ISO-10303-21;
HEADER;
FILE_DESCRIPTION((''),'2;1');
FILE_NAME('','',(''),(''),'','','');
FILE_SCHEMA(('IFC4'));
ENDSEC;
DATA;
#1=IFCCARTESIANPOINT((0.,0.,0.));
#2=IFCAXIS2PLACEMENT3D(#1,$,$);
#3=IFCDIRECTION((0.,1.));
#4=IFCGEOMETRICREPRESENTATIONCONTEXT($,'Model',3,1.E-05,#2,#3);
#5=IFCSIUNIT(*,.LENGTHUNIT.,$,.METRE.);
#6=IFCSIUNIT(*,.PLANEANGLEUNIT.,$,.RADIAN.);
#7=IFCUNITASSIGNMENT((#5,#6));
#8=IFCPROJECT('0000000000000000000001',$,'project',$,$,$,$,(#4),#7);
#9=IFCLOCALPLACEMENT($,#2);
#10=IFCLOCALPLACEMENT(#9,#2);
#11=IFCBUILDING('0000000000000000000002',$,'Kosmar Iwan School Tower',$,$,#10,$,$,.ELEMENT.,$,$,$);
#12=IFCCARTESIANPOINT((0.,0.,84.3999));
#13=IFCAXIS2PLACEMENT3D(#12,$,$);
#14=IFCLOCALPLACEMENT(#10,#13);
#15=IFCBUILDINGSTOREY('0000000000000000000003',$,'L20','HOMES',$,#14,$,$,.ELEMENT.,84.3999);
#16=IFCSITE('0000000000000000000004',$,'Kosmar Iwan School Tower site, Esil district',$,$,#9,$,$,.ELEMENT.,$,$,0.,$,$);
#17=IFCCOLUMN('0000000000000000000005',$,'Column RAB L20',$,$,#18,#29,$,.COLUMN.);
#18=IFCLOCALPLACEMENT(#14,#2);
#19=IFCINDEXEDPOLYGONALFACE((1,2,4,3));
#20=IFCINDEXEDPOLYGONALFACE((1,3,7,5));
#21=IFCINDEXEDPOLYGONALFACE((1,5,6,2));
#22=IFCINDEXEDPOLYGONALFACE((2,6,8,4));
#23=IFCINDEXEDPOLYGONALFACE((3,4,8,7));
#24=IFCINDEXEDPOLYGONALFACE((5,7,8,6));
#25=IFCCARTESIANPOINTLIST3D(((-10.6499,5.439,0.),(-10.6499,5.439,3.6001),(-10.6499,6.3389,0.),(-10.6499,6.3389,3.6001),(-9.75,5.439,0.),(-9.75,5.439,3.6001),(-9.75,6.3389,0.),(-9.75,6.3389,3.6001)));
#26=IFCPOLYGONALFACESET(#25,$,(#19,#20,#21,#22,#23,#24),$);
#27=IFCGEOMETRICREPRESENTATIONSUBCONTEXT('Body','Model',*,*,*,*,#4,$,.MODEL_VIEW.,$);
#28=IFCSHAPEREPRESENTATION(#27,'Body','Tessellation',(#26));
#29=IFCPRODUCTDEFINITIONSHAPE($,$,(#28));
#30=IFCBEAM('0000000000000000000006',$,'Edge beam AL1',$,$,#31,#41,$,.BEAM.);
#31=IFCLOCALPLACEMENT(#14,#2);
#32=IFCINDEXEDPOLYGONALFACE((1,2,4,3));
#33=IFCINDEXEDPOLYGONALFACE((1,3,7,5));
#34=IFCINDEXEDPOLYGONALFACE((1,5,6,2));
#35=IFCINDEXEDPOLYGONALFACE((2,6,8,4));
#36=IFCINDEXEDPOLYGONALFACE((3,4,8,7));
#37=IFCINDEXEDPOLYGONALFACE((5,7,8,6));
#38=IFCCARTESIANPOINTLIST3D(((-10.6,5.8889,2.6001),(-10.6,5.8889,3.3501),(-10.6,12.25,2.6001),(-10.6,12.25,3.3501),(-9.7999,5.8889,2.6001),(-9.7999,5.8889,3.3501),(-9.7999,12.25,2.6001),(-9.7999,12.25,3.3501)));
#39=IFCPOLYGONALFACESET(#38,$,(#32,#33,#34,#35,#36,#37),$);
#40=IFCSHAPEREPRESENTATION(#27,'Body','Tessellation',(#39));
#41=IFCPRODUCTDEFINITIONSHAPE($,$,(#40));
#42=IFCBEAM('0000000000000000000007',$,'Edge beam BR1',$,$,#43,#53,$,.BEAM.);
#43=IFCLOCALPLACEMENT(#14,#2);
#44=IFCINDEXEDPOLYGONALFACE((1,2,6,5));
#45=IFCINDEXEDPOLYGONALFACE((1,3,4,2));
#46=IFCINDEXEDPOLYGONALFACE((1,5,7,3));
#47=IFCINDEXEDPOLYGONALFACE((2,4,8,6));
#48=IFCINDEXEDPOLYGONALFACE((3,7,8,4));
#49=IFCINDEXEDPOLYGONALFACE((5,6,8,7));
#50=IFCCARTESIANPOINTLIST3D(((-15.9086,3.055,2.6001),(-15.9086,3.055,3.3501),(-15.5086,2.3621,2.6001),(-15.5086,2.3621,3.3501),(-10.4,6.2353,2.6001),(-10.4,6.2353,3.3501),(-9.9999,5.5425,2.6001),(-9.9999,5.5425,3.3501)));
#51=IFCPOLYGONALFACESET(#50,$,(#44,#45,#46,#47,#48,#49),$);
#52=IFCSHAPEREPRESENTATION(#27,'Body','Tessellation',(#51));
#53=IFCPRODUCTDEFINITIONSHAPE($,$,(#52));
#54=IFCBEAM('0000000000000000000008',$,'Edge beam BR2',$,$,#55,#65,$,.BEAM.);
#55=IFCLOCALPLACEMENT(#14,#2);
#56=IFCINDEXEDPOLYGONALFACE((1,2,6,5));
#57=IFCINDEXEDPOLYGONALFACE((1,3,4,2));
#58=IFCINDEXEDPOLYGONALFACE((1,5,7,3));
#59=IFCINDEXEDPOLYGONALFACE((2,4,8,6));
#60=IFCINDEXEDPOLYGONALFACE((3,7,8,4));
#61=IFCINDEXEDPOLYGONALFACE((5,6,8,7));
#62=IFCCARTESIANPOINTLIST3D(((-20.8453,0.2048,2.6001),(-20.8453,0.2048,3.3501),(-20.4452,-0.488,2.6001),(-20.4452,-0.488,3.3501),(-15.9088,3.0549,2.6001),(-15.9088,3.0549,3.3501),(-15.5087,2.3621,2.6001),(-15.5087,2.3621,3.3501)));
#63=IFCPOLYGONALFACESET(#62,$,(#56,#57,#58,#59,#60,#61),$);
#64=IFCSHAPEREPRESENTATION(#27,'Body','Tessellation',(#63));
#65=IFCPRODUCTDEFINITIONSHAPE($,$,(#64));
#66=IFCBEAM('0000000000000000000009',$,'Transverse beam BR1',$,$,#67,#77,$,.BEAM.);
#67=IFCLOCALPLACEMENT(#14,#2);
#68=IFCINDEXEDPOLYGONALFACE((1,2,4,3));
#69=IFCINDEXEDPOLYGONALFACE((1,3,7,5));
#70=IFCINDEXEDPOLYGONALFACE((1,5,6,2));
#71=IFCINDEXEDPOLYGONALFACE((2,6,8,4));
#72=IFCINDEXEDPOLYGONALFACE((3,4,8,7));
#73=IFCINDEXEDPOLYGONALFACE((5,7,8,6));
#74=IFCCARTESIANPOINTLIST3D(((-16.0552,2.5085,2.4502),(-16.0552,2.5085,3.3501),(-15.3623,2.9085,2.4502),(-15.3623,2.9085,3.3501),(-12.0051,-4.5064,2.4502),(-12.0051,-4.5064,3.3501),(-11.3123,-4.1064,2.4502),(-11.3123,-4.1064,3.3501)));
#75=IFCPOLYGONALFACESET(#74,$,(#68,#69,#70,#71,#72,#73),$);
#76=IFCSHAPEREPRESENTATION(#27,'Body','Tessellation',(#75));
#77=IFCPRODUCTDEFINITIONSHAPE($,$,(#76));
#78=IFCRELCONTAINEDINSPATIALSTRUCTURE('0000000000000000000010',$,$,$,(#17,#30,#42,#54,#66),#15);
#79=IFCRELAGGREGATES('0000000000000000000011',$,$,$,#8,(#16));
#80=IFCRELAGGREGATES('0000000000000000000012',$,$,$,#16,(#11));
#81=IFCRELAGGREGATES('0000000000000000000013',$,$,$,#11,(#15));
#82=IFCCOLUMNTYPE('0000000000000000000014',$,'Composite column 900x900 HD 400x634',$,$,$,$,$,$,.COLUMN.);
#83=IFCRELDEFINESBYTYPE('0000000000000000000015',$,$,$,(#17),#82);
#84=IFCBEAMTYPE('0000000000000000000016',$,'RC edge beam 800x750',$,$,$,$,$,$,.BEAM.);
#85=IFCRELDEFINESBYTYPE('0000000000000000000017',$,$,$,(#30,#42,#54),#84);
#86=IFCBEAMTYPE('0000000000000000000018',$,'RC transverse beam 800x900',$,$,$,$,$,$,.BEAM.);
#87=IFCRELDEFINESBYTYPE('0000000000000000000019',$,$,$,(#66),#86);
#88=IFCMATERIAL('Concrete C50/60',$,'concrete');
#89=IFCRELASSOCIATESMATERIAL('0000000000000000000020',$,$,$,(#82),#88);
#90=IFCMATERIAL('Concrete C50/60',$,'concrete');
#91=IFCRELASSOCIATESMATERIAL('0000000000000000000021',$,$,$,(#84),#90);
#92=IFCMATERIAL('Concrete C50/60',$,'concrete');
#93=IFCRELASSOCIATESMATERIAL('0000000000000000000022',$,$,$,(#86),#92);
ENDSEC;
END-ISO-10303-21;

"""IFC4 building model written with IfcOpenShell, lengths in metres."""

from ifc_helpers import new_model, si_unit, direction, frame, origin, origin_2d, place, context, subcontext, project, spatial, rectangle, extrude, material, material_profile, profile_set, type_object, element, save


model = new_model("IFC4")

# Units and contexts
model_context = context("Model", 3, precision=1e-05, world=origin(), true_north=direction((0.0, 1.0)))
body_context = subcontext(model_context, "Body", "Model", "MODEL_VIEW")
ifc_project = project(units=[si_unit("LENGTHUNIT", "METRE"), si_unit("PLANEANGLEUNIT", "RADIAN")], contexts=[model_context])

# Site, building, storey
site_placement = place(None, origin())
site = spatial("IfcSite", under=ifc_project, at=site_placement, Name="Kosmar Iwan School Tower site, Esil district", CompositionType="ELEMENT", RefElevation=0.0)
building_placement = place(site_placement, origin())
building = spatial("IfcBuilding", under=site, at=building_placement, Name="Kosmar Iwan School Tower", CompositionType="ELEMENT")
storey_placement = place(building_placement, frame((0.0, 0.0, 84.3999)))
storey = spatial("IfcBuildingStorey", under=building, at=storey_placement, Name="L20", Description="HOMES", CompositionType="ELEMENT", Elevation=84.3999)

# Column
ifc_material_1 = material(Name="Concrete C50/60", Category="concrete")
ifc_material_profile_1 = material_profile(ifc_material_1, rectangle(XDim=0.8999, YDim=0.8999, at=origin_2d()), Name="RC 900x900 + HD 400x634")
ifc_profile_set_1 = profile_set([ifc_material_profile_1], Name="Concrete C50/60")
column_type = type_object("IfcColumnType", Name="Composite column 900x900 HD 400x634", PredefinedType="COLUMN", material=ifc_profile_set_1)
column_placement = place(storey_placement, frame((-10.2, 5.8889, 0.0), z_axis=(0.0, 0.0, 1.0), x_axis=(1.0, 0.0, 0.0)))
element("IfcColumn", 1, at=column_placement, inside=storey, type_object=column_type, Name="Column RAB L20", PredefinedType="COLUMN", context=body_context, shape_type="SweptSolid", body=[
    extrude(rectangle(XDim=0.8999, YDim=0.8999, at=origin_2d()), origin(), (0.0, 0.0, 1.0), 3.6001),
])

# Beams
ifc_material_2 = material(Name="Concrete C50/60", Category="concrete")
ifc_material_profile_2 = material_profile(ifc_material_2, rectangle(XDim=0.8, YDim=0.75, at=origin_2d()), Name="RC 800x750")
ifc_profile_set_2 = profile_set([ifc_material_profile_2], Name="Concrete C50/60")
beam_type_1 = type_object("IfcBeamType", Name="RC edge beam 800x750", PredefinedType="BEAM", material=ifc_profile_set_2)
beam_1_placement = place(storey_placement, frame((-10.2, 5.8889, 2.9751), z_axis=(0.0, 1.0, 0.0), x_axis=(-1.0, 0.0, 0.0)))
element("IfcBeam", 2, at=beam_1_placement, inside=storey, type_object=beam_type_1, Name="Edge beam AL1", PredefinedType="BEAM", context=body_context, shape_type="SweptSolid", body=[
    extrude(rectangle(XDim=0.8, YDim=0.75, at=origin_2d()), origin(), (0.0, 0.0, 1.0), 6.3611),
])
beam_2_placement = place(storey_placement, frame((-10.2, 5.8889, 2.9751), z_axis=(-0.866031, -0.49999, 0.0), x_axis=(0.49999, -0.866031, 0.0)))
element("IfcBeam", 3, at=beam_2_placement, inside=storey, type_object=beam_type_1, Name="Edge beam BR1", PredefinedType="BEAM", context=body_context, shape_type="SweptSolid", body=[
    extrude(rectangle(XDim=0.8, YDim=0.75, at=origin_2d()), origin(), (0.0, 0.0, 1.0), 6.3608),
])
beam_3_placement = place(storey_placement, frame((-15.7087, 2.7085, 2.9751), z_axis=(-0.866026, -0.499999, 0.0), x_axis=(0.499999, -0.866026, 0.0)))
element("IfcBeam", 4, at=beam_3_placement, inside=storey, type_object=beam_type_1, Name="Edge beam BR2", PredefinedType="BEAM", context=body_context, shape_type="SweptSolid", body=[
    extrude(rectangle(XDim=0.8, YDim=0.75, at=origin_2d()), origin(), (0.0, 0.0, 1.0), 5.7002),
])
ifc_material_3 = material(Name="Concrete C50/60", Category="concrete")
ifc_material_profile_3 = material_profile(ifc_material_3, rectangle(XDim=0.8, YDim=0.8999, at=origin_2d()), Name="RC 800x900")
ifc_profile_set_3 = profile_set([ifc_material_profile_3], Name="Concrete C50/60")
beam_type_2 = type_object("IfcBeamType", Name="RC transverse beam 800x900", PredefinedType="BEAM", material=ifc_profile_set_3)
beam_4_placement = place(storey_placement, frame((-15.7087, 2.7085, 2.9001), z_axis=(0.5, -0.866025, 0.0), x_axis=(0.866025, 0.5, 0.0)))
element("IfcBeam", 5, at=beam_4_placement, inside=storey, type_object=beam_type_2, Name="Transverse beam BR1", PredefinedType="BEAM", context=body_context, shape_type="SweptSolid", body=[
    extrude(rectangle(XDim=0.8, YDim=0.8999, at=origin_2d()), origin(), (0.0, 0.0, 1.0), 8.1001),
])

save(model, "model.ifc")
